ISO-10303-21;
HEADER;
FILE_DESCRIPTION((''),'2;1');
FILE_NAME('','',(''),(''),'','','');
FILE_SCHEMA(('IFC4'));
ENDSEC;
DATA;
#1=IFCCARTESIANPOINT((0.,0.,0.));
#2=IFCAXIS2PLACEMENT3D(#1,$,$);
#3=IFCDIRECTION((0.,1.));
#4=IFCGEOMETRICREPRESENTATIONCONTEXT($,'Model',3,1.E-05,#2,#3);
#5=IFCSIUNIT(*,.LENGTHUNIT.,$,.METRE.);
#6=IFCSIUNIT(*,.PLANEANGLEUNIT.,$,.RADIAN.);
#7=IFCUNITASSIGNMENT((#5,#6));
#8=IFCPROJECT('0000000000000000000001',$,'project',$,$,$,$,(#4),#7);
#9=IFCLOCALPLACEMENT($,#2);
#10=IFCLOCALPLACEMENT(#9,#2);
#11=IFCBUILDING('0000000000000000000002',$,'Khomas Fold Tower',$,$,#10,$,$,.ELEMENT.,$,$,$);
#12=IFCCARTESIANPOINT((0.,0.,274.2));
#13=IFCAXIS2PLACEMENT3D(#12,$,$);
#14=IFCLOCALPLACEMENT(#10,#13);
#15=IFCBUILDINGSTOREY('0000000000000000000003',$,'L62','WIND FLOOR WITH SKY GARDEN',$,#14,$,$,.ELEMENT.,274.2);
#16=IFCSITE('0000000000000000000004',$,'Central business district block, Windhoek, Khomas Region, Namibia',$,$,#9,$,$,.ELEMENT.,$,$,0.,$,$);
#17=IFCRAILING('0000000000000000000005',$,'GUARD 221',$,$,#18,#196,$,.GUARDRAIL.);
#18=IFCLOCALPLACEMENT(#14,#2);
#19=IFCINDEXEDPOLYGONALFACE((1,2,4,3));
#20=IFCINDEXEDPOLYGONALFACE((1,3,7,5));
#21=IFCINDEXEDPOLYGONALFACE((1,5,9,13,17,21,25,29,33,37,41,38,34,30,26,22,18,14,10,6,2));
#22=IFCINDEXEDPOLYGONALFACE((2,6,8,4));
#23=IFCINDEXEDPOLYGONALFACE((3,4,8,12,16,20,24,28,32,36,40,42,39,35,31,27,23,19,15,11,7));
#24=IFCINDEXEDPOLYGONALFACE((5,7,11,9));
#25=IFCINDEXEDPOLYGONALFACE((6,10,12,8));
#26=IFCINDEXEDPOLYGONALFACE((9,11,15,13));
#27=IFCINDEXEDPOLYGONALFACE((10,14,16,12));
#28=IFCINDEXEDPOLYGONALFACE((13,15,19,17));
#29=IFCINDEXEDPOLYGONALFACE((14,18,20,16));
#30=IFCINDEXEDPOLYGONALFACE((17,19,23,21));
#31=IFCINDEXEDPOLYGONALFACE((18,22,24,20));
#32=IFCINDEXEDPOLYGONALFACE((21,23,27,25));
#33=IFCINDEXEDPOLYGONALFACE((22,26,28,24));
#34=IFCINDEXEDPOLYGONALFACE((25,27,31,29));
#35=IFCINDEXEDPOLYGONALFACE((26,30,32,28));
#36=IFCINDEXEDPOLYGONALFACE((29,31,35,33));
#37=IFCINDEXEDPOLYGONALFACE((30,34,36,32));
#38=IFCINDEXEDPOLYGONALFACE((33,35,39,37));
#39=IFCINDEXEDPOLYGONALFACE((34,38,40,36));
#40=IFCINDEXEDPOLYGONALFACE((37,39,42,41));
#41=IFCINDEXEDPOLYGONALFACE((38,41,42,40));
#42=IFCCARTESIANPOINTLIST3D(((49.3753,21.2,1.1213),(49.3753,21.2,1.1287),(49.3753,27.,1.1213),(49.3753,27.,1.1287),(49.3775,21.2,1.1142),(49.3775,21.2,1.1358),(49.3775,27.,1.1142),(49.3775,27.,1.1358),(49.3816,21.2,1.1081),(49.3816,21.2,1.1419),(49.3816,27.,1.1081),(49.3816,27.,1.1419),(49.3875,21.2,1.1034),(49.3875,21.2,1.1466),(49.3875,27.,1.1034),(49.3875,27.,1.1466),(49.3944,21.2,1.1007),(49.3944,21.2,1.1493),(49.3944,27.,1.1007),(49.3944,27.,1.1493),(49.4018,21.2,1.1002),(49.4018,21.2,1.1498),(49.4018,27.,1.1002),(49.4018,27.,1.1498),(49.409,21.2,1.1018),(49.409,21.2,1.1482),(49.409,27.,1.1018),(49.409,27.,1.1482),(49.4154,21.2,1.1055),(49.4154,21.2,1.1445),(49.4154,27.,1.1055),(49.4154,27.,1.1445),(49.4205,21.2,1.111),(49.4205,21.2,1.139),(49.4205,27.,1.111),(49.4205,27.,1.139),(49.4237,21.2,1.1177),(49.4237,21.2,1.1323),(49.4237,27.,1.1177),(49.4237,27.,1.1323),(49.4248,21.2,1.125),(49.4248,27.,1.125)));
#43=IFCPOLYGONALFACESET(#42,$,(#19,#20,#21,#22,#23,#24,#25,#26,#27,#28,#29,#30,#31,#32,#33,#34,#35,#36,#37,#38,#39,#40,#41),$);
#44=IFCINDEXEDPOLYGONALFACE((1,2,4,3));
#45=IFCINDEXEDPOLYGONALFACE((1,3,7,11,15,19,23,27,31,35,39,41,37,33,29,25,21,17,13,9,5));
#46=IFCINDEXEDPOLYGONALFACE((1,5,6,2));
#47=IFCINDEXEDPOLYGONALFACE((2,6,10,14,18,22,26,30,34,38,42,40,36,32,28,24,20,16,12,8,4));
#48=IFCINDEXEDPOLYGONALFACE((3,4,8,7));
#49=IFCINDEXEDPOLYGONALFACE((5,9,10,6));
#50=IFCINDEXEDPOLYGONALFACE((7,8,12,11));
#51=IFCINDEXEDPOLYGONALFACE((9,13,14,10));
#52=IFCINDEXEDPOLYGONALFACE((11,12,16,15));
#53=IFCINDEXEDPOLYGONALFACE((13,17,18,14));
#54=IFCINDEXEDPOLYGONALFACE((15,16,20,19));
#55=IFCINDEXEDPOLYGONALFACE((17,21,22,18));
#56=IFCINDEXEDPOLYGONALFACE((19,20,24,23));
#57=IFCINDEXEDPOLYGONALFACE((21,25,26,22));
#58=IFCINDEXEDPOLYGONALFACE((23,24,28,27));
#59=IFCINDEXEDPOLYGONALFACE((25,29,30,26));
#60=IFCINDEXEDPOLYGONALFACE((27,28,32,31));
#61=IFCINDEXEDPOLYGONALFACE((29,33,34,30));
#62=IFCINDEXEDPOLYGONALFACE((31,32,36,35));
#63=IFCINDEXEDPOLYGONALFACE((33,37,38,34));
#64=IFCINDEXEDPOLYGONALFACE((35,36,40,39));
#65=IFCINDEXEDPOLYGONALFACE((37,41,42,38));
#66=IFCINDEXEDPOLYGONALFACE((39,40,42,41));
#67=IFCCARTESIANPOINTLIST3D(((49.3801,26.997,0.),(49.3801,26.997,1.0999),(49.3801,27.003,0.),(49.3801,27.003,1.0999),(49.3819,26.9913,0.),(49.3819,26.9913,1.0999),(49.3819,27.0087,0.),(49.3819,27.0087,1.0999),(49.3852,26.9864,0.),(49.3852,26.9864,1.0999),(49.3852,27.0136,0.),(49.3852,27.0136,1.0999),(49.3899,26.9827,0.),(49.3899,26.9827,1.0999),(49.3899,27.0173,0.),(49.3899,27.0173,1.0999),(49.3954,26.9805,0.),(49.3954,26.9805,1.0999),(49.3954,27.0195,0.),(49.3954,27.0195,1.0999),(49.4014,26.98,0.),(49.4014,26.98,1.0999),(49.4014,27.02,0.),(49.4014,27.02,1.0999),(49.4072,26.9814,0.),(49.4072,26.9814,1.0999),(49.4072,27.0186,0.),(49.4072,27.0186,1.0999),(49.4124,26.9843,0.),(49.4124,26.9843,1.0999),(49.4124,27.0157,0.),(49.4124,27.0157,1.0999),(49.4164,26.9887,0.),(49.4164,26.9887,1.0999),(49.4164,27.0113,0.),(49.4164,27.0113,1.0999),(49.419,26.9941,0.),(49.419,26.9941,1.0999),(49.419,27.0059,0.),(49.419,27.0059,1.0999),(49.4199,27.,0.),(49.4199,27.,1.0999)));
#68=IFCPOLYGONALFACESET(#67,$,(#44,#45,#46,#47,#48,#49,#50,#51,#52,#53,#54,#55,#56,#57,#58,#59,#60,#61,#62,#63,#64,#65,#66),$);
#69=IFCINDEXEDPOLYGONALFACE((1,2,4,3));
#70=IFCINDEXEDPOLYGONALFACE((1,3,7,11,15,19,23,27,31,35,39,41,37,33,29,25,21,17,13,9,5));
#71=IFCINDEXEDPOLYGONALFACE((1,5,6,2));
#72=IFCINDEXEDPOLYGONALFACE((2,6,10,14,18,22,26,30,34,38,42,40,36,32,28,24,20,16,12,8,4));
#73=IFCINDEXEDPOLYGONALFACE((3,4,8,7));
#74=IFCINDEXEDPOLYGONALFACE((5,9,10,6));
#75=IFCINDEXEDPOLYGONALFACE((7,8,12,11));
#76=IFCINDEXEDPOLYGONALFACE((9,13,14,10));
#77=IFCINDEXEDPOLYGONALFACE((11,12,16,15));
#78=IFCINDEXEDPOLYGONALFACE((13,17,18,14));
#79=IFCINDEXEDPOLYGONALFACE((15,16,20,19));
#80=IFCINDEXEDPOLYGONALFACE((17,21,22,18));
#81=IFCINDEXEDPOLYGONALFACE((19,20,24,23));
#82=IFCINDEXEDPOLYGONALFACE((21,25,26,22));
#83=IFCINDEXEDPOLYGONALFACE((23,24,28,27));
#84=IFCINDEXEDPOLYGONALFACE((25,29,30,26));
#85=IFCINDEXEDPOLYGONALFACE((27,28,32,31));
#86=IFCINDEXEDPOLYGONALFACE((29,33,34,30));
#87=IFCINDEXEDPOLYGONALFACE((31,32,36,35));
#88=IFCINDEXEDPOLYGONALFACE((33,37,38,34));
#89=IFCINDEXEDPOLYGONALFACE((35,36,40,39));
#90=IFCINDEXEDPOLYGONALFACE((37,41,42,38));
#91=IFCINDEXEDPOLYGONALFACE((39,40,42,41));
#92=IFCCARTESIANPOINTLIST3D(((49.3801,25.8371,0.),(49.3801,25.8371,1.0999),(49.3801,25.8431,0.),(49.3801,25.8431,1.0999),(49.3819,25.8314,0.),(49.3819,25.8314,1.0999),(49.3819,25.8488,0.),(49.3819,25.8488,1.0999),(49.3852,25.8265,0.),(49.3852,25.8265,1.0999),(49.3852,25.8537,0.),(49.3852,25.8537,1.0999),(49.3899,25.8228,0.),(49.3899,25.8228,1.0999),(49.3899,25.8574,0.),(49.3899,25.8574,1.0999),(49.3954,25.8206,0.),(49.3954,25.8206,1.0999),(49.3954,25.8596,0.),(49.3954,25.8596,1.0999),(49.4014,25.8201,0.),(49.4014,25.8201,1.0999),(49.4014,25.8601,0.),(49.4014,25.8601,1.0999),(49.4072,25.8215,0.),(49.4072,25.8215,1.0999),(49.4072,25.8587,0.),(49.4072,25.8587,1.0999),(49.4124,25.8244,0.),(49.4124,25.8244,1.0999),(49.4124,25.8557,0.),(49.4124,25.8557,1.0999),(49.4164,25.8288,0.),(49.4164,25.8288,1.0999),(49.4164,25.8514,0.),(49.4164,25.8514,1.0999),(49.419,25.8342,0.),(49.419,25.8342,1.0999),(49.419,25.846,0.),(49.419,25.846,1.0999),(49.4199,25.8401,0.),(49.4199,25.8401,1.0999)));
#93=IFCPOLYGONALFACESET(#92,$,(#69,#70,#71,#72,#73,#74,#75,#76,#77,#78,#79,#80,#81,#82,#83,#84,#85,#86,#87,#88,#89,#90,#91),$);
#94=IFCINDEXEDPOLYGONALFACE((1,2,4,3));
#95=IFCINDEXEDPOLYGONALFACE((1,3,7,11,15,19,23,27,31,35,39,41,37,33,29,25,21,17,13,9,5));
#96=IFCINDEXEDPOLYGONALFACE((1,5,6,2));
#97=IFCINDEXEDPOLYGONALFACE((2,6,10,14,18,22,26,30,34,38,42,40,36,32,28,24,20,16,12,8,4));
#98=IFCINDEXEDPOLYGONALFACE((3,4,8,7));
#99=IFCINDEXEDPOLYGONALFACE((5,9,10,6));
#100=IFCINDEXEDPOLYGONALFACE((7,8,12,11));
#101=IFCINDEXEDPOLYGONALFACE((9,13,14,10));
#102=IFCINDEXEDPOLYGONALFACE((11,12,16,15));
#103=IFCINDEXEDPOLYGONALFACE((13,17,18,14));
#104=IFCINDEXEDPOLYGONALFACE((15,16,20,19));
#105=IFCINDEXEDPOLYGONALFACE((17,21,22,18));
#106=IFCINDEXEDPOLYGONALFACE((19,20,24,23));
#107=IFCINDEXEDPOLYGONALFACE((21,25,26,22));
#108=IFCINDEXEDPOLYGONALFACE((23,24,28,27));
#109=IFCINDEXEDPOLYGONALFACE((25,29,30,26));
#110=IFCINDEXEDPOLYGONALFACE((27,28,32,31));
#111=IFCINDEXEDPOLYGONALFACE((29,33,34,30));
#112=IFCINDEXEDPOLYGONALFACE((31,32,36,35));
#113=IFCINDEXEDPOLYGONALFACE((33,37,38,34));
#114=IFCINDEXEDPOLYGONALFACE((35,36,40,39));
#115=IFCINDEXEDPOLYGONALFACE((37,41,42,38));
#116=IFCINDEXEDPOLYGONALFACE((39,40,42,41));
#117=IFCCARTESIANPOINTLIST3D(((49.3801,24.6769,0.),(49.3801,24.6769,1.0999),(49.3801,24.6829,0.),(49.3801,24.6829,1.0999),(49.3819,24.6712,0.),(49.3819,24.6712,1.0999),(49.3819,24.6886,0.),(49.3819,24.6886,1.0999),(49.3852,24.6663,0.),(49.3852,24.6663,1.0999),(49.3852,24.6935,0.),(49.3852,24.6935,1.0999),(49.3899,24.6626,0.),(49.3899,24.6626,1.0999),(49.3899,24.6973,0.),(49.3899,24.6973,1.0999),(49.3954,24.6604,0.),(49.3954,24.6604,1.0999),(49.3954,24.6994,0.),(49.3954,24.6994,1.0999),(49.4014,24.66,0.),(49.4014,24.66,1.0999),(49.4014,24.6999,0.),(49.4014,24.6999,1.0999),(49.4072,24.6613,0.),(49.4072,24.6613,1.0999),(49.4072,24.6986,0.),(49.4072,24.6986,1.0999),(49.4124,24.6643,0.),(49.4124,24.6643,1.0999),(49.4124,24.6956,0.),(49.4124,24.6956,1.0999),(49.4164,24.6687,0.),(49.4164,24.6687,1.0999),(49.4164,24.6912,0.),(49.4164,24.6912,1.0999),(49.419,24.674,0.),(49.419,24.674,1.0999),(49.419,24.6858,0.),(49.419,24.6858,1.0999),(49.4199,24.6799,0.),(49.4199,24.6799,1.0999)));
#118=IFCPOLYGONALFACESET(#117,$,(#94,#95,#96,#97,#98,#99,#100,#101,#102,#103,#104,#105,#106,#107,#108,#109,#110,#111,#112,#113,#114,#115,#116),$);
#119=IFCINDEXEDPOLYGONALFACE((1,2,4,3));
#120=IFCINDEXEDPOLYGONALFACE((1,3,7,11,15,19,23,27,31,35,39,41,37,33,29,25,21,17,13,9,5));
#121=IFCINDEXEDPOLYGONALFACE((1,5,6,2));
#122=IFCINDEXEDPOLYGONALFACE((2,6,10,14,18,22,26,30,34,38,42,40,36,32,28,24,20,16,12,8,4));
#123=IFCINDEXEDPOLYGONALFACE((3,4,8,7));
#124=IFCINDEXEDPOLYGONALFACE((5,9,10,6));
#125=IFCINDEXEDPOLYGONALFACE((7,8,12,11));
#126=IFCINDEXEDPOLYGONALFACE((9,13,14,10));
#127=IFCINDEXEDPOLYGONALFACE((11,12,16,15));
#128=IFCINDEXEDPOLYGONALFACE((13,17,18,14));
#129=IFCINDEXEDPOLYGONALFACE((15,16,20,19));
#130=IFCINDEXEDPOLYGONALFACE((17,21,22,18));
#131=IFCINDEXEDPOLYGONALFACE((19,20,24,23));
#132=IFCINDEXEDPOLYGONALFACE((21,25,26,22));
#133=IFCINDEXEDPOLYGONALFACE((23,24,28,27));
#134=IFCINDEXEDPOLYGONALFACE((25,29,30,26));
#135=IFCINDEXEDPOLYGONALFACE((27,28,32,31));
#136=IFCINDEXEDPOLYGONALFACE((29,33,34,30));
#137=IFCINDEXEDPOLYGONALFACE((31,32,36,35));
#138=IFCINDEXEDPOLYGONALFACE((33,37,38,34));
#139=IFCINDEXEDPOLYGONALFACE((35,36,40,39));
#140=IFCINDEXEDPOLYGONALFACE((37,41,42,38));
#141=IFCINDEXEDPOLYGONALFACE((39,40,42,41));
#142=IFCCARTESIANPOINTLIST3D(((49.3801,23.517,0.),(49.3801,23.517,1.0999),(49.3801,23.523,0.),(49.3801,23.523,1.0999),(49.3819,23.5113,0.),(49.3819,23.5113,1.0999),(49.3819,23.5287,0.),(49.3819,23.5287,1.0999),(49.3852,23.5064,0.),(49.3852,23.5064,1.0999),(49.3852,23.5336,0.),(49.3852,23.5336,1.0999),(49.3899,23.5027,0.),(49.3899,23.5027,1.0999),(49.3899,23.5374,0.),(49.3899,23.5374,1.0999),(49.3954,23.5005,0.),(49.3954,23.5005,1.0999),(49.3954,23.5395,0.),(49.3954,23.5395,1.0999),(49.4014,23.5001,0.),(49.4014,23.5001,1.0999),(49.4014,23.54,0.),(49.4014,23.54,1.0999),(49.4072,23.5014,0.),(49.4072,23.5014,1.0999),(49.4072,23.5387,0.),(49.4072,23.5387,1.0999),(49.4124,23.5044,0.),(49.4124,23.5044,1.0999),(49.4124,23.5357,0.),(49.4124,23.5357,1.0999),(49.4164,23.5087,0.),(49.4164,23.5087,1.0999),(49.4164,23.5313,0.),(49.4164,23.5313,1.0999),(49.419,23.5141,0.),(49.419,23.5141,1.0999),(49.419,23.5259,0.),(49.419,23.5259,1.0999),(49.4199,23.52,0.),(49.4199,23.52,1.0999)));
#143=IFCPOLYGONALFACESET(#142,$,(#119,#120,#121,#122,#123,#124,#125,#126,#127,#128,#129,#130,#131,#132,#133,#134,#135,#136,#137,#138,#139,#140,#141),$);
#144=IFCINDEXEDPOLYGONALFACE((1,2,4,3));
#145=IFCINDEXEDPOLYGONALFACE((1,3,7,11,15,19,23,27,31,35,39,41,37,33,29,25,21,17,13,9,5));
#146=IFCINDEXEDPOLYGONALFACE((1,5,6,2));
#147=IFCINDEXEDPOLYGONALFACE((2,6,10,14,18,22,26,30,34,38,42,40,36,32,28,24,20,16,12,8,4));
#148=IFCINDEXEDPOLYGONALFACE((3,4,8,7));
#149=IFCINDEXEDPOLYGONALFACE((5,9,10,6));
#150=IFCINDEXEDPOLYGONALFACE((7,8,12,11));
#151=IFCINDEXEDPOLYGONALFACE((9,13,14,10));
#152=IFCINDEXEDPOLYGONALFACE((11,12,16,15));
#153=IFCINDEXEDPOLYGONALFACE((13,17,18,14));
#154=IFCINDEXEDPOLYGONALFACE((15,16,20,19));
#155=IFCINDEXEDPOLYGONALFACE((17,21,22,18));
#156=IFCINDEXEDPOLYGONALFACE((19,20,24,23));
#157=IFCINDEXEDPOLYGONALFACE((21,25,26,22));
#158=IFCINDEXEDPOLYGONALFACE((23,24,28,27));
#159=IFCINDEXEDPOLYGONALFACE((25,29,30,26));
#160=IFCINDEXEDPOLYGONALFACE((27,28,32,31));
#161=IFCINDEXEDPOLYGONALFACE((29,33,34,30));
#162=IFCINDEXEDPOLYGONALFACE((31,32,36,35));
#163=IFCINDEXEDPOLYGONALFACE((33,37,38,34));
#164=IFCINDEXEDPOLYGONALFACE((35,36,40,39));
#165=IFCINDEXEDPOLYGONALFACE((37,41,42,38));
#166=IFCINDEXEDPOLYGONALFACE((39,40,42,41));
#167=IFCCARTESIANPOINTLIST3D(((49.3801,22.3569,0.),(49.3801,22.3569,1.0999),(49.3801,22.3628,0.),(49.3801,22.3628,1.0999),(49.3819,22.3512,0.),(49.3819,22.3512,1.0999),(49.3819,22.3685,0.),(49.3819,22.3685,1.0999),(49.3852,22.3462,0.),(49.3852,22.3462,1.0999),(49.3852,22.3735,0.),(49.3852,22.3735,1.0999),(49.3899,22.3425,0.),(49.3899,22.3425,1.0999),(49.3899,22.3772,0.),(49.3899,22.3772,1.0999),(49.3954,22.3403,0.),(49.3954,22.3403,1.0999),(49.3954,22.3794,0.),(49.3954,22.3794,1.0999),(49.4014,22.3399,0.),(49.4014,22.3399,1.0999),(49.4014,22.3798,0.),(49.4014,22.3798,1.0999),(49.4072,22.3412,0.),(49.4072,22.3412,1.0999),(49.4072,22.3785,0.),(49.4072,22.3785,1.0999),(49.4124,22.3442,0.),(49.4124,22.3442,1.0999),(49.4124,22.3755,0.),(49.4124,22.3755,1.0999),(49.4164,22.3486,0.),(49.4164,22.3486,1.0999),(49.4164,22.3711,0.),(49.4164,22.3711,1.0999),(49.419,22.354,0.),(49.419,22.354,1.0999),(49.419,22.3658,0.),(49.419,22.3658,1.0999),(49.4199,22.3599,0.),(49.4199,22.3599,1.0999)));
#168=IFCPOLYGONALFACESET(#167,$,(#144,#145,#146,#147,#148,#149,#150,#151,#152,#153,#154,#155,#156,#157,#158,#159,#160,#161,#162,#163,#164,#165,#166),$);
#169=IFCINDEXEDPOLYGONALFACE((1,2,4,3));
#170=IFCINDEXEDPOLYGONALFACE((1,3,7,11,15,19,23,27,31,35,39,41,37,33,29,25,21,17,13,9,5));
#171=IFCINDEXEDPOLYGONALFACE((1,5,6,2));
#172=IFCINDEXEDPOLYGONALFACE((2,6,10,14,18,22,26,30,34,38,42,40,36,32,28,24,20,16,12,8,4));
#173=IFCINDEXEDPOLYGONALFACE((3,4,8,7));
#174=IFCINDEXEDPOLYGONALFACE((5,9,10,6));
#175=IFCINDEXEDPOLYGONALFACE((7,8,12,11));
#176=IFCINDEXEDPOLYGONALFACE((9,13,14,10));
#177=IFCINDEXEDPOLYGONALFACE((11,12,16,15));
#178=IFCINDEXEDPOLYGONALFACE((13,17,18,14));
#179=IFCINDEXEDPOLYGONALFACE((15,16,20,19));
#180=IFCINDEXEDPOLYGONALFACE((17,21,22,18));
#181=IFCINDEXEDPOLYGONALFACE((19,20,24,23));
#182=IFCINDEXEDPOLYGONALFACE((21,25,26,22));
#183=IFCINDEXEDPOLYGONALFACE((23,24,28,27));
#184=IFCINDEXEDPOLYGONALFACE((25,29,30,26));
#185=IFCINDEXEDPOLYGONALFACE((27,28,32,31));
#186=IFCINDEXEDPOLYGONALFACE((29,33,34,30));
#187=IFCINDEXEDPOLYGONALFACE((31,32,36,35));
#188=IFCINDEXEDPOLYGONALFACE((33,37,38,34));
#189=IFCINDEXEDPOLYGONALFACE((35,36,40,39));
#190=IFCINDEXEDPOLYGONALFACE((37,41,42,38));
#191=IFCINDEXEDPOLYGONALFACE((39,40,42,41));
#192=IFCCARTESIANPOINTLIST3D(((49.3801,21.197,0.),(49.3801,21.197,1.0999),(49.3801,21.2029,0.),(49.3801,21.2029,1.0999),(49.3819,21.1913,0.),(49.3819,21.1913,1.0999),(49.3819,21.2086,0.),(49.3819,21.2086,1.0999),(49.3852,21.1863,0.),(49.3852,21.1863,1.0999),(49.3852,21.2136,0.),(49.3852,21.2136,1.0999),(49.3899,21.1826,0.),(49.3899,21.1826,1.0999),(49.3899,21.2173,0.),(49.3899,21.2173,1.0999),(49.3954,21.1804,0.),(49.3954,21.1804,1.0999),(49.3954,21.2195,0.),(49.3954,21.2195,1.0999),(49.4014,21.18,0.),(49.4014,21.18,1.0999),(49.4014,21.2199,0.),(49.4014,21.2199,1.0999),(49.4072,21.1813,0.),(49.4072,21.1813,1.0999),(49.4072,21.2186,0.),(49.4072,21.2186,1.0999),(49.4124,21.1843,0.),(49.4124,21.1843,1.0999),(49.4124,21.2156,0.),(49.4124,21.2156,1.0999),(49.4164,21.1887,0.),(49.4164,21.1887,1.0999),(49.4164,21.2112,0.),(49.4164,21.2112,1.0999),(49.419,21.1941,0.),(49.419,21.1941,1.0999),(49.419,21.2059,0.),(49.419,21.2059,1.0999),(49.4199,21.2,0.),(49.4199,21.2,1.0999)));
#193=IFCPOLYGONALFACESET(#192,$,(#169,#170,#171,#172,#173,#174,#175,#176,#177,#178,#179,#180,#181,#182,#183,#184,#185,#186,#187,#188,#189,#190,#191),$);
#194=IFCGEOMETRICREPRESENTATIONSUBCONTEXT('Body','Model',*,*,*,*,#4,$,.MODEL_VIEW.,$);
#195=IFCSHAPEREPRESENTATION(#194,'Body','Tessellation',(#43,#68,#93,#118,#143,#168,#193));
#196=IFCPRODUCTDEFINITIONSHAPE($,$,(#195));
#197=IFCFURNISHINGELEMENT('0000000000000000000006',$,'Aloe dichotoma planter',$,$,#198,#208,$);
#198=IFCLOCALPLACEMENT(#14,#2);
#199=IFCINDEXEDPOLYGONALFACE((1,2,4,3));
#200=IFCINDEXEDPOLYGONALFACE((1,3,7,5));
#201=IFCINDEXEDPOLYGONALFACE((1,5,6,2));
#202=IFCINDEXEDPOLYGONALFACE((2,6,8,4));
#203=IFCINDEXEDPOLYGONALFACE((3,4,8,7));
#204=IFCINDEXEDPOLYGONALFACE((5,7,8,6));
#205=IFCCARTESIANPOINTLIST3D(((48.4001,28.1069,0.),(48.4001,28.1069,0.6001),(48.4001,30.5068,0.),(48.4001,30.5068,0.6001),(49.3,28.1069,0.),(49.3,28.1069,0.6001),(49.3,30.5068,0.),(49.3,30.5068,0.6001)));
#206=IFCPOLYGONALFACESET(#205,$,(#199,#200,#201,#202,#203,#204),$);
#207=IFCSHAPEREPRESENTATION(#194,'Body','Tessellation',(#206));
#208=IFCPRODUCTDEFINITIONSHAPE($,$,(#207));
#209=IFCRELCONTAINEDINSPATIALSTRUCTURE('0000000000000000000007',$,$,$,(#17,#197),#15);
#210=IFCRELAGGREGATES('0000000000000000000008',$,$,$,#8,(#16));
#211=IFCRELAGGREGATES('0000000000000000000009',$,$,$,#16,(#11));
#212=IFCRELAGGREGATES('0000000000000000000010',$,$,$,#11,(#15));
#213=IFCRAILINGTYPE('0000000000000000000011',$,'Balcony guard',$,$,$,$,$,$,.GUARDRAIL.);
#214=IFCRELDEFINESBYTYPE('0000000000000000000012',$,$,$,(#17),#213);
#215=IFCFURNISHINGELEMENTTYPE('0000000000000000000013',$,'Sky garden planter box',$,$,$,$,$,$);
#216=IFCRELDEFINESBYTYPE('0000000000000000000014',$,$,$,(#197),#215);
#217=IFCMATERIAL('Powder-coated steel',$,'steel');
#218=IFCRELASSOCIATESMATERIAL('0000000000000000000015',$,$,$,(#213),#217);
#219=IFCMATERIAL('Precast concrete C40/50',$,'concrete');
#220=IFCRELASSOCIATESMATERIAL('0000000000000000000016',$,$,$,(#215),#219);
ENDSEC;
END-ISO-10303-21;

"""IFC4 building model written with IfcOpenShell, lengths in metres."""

from ifc_helpers import new_model, si_unit, direction, frame, origin, origin_2d, place, context, subcontext, project, spatial, rectangle, circle, extrude, source, transform, mapped, material, type_object, element, save


model = new_model("IFC4")

# Units and contexts
model_context = context("Model", 3, precision=1e-05, world=origin(), true_north=direction((0.0, 1.0)))
body_context = subcontext(model_context, "Body", "Model", "MODEL_VIEW")
ifc_project = project(units=[si_unit("LENGTHUNIT", "METRE"), si_unit("PLANEANGLEUNIT", "RADIAN")], contexts=[model_context])

# Site, building, storey
site_placement = place(None, origin())
site = spatial("IfcSite", under=ifc_project, at=site_placement, Name="Central business district block, Windhoek, Khomas Region, Namibia", CompositionType="ELEMENT", RefElevation=0.0)
building_placement = place(site_placement, origin())
building = spatial("IfcBuilding", under=site, at=building_placement, Name="Khomas Fold Tower", CompositionType="ELEMENT")
storey_placement = place(building_placement, frame((0.0, 0.0, 274.2)))
storey = spatial("IfcBuildingStorey", under=building, at=storey_placement, Name="L62", Description="WIND FLOOR WITH SKY GARDEN", CompositionType="ELEMENT", Elevation=274.2)

# Railing
ifc_material_1 = material(Name="Powder-coated steel", Category="steel")
railing_type = type_object("IfcRailingType", Name="Balcony guard", PredefinedType="GUARDRAIL", material=ifc_material_1)
shared_shape_1 = source(origin(), body_context, "Body", "SweptSolid", [
    extrude(circle(Radius=0.0249, at=origin_2d()), frame((0.0, 0.0, 1.125), z_axis=(0.0, -1.0, 0.0), x_axis=(1.0, 0.0, 0.0)), (0.0, 0.0, 1.0), 5.8),
    extrude(circle(Radius=0.02, at=origin_2d()), origin(), (0.0, 0.0, 1.0), 1.0999),
    extrude(circle(Radius=0.02, at=origin_2d()), frame((0.0, -1.1599, 0.0)), (0.0, 0.0, 1.0), 1.0999),
    extrude(circle(Radius=0.02, at=origin_2d()), frame((0.0, -2.3201, 0.0)), (0.0, 0.0, 1.0), 1.0999),
    extrude(circle(Radius=0.02, at=origin_2d()), frame((0.0, -3.48, 0.0)), (0.0, 0.0, 1.0), 1.0999),
    extrude(circle(Radius=0.02, at=origin_2d()), frame((0.0, -4.6401, 0.0)), (0.0, 0.0, 1.0), 1.0999),
    extrude(circle(Radius=0.02, at=origin_2d()), frame((0.0, -5.8, 0.0)), (0.0, 0.0, 1.0), 1.0999),
])
for number, where, name in (
    (1, (49.3999, 27.0, 0.0), "GUARD 221"),
):
    element("IfcRailing", number, at=place(storey_placement, frame(where)), inside=storey, type_object=railing_type, Name=name, PredefinedType="GUARDRAIL", context=body_context, shape_type="MappedRepresentation", body=[
        mapped(shared_shape_1, transform((0.0, 0.0, 0.0))),
    ])

# Furnishing element
ifc_material_2 = material(Name="Precast concrete C40/50", Category="concrete")
furnishing_element_type_1 = type_object("IfcFurnishingElementType", Name="Sky garden planter box", material=ifc_material_2)
shared_shape_2 = source(origin(), body_context, "Body", "SweptSolid", [
    extrude(rectangle(XDim=2.3999, YDim=0.8999, at=origin_2d()), origin(), (0.0, 0.0, 1.0), 0.6001),
])
furnishing_1_placement = place(storey_placement, frame((48.8501, 29.3069, 0.0), z_axis=(0.0, 0.0, 1.0), x_axis=(0.0, -1.0, 0.0)))
element("IfcFurnishingElement", 2, at=furnishing_1_placement, inside=storey, type_object=furnishing_element_type_1, Name="Aloe dichotoma planter", context=body_context, shape_type="MappedRepresentation", body=[
    mapped(shared_shape_2, transform((0.0, 0.0, 0.0))),
])

save(model, "model.ifc")
